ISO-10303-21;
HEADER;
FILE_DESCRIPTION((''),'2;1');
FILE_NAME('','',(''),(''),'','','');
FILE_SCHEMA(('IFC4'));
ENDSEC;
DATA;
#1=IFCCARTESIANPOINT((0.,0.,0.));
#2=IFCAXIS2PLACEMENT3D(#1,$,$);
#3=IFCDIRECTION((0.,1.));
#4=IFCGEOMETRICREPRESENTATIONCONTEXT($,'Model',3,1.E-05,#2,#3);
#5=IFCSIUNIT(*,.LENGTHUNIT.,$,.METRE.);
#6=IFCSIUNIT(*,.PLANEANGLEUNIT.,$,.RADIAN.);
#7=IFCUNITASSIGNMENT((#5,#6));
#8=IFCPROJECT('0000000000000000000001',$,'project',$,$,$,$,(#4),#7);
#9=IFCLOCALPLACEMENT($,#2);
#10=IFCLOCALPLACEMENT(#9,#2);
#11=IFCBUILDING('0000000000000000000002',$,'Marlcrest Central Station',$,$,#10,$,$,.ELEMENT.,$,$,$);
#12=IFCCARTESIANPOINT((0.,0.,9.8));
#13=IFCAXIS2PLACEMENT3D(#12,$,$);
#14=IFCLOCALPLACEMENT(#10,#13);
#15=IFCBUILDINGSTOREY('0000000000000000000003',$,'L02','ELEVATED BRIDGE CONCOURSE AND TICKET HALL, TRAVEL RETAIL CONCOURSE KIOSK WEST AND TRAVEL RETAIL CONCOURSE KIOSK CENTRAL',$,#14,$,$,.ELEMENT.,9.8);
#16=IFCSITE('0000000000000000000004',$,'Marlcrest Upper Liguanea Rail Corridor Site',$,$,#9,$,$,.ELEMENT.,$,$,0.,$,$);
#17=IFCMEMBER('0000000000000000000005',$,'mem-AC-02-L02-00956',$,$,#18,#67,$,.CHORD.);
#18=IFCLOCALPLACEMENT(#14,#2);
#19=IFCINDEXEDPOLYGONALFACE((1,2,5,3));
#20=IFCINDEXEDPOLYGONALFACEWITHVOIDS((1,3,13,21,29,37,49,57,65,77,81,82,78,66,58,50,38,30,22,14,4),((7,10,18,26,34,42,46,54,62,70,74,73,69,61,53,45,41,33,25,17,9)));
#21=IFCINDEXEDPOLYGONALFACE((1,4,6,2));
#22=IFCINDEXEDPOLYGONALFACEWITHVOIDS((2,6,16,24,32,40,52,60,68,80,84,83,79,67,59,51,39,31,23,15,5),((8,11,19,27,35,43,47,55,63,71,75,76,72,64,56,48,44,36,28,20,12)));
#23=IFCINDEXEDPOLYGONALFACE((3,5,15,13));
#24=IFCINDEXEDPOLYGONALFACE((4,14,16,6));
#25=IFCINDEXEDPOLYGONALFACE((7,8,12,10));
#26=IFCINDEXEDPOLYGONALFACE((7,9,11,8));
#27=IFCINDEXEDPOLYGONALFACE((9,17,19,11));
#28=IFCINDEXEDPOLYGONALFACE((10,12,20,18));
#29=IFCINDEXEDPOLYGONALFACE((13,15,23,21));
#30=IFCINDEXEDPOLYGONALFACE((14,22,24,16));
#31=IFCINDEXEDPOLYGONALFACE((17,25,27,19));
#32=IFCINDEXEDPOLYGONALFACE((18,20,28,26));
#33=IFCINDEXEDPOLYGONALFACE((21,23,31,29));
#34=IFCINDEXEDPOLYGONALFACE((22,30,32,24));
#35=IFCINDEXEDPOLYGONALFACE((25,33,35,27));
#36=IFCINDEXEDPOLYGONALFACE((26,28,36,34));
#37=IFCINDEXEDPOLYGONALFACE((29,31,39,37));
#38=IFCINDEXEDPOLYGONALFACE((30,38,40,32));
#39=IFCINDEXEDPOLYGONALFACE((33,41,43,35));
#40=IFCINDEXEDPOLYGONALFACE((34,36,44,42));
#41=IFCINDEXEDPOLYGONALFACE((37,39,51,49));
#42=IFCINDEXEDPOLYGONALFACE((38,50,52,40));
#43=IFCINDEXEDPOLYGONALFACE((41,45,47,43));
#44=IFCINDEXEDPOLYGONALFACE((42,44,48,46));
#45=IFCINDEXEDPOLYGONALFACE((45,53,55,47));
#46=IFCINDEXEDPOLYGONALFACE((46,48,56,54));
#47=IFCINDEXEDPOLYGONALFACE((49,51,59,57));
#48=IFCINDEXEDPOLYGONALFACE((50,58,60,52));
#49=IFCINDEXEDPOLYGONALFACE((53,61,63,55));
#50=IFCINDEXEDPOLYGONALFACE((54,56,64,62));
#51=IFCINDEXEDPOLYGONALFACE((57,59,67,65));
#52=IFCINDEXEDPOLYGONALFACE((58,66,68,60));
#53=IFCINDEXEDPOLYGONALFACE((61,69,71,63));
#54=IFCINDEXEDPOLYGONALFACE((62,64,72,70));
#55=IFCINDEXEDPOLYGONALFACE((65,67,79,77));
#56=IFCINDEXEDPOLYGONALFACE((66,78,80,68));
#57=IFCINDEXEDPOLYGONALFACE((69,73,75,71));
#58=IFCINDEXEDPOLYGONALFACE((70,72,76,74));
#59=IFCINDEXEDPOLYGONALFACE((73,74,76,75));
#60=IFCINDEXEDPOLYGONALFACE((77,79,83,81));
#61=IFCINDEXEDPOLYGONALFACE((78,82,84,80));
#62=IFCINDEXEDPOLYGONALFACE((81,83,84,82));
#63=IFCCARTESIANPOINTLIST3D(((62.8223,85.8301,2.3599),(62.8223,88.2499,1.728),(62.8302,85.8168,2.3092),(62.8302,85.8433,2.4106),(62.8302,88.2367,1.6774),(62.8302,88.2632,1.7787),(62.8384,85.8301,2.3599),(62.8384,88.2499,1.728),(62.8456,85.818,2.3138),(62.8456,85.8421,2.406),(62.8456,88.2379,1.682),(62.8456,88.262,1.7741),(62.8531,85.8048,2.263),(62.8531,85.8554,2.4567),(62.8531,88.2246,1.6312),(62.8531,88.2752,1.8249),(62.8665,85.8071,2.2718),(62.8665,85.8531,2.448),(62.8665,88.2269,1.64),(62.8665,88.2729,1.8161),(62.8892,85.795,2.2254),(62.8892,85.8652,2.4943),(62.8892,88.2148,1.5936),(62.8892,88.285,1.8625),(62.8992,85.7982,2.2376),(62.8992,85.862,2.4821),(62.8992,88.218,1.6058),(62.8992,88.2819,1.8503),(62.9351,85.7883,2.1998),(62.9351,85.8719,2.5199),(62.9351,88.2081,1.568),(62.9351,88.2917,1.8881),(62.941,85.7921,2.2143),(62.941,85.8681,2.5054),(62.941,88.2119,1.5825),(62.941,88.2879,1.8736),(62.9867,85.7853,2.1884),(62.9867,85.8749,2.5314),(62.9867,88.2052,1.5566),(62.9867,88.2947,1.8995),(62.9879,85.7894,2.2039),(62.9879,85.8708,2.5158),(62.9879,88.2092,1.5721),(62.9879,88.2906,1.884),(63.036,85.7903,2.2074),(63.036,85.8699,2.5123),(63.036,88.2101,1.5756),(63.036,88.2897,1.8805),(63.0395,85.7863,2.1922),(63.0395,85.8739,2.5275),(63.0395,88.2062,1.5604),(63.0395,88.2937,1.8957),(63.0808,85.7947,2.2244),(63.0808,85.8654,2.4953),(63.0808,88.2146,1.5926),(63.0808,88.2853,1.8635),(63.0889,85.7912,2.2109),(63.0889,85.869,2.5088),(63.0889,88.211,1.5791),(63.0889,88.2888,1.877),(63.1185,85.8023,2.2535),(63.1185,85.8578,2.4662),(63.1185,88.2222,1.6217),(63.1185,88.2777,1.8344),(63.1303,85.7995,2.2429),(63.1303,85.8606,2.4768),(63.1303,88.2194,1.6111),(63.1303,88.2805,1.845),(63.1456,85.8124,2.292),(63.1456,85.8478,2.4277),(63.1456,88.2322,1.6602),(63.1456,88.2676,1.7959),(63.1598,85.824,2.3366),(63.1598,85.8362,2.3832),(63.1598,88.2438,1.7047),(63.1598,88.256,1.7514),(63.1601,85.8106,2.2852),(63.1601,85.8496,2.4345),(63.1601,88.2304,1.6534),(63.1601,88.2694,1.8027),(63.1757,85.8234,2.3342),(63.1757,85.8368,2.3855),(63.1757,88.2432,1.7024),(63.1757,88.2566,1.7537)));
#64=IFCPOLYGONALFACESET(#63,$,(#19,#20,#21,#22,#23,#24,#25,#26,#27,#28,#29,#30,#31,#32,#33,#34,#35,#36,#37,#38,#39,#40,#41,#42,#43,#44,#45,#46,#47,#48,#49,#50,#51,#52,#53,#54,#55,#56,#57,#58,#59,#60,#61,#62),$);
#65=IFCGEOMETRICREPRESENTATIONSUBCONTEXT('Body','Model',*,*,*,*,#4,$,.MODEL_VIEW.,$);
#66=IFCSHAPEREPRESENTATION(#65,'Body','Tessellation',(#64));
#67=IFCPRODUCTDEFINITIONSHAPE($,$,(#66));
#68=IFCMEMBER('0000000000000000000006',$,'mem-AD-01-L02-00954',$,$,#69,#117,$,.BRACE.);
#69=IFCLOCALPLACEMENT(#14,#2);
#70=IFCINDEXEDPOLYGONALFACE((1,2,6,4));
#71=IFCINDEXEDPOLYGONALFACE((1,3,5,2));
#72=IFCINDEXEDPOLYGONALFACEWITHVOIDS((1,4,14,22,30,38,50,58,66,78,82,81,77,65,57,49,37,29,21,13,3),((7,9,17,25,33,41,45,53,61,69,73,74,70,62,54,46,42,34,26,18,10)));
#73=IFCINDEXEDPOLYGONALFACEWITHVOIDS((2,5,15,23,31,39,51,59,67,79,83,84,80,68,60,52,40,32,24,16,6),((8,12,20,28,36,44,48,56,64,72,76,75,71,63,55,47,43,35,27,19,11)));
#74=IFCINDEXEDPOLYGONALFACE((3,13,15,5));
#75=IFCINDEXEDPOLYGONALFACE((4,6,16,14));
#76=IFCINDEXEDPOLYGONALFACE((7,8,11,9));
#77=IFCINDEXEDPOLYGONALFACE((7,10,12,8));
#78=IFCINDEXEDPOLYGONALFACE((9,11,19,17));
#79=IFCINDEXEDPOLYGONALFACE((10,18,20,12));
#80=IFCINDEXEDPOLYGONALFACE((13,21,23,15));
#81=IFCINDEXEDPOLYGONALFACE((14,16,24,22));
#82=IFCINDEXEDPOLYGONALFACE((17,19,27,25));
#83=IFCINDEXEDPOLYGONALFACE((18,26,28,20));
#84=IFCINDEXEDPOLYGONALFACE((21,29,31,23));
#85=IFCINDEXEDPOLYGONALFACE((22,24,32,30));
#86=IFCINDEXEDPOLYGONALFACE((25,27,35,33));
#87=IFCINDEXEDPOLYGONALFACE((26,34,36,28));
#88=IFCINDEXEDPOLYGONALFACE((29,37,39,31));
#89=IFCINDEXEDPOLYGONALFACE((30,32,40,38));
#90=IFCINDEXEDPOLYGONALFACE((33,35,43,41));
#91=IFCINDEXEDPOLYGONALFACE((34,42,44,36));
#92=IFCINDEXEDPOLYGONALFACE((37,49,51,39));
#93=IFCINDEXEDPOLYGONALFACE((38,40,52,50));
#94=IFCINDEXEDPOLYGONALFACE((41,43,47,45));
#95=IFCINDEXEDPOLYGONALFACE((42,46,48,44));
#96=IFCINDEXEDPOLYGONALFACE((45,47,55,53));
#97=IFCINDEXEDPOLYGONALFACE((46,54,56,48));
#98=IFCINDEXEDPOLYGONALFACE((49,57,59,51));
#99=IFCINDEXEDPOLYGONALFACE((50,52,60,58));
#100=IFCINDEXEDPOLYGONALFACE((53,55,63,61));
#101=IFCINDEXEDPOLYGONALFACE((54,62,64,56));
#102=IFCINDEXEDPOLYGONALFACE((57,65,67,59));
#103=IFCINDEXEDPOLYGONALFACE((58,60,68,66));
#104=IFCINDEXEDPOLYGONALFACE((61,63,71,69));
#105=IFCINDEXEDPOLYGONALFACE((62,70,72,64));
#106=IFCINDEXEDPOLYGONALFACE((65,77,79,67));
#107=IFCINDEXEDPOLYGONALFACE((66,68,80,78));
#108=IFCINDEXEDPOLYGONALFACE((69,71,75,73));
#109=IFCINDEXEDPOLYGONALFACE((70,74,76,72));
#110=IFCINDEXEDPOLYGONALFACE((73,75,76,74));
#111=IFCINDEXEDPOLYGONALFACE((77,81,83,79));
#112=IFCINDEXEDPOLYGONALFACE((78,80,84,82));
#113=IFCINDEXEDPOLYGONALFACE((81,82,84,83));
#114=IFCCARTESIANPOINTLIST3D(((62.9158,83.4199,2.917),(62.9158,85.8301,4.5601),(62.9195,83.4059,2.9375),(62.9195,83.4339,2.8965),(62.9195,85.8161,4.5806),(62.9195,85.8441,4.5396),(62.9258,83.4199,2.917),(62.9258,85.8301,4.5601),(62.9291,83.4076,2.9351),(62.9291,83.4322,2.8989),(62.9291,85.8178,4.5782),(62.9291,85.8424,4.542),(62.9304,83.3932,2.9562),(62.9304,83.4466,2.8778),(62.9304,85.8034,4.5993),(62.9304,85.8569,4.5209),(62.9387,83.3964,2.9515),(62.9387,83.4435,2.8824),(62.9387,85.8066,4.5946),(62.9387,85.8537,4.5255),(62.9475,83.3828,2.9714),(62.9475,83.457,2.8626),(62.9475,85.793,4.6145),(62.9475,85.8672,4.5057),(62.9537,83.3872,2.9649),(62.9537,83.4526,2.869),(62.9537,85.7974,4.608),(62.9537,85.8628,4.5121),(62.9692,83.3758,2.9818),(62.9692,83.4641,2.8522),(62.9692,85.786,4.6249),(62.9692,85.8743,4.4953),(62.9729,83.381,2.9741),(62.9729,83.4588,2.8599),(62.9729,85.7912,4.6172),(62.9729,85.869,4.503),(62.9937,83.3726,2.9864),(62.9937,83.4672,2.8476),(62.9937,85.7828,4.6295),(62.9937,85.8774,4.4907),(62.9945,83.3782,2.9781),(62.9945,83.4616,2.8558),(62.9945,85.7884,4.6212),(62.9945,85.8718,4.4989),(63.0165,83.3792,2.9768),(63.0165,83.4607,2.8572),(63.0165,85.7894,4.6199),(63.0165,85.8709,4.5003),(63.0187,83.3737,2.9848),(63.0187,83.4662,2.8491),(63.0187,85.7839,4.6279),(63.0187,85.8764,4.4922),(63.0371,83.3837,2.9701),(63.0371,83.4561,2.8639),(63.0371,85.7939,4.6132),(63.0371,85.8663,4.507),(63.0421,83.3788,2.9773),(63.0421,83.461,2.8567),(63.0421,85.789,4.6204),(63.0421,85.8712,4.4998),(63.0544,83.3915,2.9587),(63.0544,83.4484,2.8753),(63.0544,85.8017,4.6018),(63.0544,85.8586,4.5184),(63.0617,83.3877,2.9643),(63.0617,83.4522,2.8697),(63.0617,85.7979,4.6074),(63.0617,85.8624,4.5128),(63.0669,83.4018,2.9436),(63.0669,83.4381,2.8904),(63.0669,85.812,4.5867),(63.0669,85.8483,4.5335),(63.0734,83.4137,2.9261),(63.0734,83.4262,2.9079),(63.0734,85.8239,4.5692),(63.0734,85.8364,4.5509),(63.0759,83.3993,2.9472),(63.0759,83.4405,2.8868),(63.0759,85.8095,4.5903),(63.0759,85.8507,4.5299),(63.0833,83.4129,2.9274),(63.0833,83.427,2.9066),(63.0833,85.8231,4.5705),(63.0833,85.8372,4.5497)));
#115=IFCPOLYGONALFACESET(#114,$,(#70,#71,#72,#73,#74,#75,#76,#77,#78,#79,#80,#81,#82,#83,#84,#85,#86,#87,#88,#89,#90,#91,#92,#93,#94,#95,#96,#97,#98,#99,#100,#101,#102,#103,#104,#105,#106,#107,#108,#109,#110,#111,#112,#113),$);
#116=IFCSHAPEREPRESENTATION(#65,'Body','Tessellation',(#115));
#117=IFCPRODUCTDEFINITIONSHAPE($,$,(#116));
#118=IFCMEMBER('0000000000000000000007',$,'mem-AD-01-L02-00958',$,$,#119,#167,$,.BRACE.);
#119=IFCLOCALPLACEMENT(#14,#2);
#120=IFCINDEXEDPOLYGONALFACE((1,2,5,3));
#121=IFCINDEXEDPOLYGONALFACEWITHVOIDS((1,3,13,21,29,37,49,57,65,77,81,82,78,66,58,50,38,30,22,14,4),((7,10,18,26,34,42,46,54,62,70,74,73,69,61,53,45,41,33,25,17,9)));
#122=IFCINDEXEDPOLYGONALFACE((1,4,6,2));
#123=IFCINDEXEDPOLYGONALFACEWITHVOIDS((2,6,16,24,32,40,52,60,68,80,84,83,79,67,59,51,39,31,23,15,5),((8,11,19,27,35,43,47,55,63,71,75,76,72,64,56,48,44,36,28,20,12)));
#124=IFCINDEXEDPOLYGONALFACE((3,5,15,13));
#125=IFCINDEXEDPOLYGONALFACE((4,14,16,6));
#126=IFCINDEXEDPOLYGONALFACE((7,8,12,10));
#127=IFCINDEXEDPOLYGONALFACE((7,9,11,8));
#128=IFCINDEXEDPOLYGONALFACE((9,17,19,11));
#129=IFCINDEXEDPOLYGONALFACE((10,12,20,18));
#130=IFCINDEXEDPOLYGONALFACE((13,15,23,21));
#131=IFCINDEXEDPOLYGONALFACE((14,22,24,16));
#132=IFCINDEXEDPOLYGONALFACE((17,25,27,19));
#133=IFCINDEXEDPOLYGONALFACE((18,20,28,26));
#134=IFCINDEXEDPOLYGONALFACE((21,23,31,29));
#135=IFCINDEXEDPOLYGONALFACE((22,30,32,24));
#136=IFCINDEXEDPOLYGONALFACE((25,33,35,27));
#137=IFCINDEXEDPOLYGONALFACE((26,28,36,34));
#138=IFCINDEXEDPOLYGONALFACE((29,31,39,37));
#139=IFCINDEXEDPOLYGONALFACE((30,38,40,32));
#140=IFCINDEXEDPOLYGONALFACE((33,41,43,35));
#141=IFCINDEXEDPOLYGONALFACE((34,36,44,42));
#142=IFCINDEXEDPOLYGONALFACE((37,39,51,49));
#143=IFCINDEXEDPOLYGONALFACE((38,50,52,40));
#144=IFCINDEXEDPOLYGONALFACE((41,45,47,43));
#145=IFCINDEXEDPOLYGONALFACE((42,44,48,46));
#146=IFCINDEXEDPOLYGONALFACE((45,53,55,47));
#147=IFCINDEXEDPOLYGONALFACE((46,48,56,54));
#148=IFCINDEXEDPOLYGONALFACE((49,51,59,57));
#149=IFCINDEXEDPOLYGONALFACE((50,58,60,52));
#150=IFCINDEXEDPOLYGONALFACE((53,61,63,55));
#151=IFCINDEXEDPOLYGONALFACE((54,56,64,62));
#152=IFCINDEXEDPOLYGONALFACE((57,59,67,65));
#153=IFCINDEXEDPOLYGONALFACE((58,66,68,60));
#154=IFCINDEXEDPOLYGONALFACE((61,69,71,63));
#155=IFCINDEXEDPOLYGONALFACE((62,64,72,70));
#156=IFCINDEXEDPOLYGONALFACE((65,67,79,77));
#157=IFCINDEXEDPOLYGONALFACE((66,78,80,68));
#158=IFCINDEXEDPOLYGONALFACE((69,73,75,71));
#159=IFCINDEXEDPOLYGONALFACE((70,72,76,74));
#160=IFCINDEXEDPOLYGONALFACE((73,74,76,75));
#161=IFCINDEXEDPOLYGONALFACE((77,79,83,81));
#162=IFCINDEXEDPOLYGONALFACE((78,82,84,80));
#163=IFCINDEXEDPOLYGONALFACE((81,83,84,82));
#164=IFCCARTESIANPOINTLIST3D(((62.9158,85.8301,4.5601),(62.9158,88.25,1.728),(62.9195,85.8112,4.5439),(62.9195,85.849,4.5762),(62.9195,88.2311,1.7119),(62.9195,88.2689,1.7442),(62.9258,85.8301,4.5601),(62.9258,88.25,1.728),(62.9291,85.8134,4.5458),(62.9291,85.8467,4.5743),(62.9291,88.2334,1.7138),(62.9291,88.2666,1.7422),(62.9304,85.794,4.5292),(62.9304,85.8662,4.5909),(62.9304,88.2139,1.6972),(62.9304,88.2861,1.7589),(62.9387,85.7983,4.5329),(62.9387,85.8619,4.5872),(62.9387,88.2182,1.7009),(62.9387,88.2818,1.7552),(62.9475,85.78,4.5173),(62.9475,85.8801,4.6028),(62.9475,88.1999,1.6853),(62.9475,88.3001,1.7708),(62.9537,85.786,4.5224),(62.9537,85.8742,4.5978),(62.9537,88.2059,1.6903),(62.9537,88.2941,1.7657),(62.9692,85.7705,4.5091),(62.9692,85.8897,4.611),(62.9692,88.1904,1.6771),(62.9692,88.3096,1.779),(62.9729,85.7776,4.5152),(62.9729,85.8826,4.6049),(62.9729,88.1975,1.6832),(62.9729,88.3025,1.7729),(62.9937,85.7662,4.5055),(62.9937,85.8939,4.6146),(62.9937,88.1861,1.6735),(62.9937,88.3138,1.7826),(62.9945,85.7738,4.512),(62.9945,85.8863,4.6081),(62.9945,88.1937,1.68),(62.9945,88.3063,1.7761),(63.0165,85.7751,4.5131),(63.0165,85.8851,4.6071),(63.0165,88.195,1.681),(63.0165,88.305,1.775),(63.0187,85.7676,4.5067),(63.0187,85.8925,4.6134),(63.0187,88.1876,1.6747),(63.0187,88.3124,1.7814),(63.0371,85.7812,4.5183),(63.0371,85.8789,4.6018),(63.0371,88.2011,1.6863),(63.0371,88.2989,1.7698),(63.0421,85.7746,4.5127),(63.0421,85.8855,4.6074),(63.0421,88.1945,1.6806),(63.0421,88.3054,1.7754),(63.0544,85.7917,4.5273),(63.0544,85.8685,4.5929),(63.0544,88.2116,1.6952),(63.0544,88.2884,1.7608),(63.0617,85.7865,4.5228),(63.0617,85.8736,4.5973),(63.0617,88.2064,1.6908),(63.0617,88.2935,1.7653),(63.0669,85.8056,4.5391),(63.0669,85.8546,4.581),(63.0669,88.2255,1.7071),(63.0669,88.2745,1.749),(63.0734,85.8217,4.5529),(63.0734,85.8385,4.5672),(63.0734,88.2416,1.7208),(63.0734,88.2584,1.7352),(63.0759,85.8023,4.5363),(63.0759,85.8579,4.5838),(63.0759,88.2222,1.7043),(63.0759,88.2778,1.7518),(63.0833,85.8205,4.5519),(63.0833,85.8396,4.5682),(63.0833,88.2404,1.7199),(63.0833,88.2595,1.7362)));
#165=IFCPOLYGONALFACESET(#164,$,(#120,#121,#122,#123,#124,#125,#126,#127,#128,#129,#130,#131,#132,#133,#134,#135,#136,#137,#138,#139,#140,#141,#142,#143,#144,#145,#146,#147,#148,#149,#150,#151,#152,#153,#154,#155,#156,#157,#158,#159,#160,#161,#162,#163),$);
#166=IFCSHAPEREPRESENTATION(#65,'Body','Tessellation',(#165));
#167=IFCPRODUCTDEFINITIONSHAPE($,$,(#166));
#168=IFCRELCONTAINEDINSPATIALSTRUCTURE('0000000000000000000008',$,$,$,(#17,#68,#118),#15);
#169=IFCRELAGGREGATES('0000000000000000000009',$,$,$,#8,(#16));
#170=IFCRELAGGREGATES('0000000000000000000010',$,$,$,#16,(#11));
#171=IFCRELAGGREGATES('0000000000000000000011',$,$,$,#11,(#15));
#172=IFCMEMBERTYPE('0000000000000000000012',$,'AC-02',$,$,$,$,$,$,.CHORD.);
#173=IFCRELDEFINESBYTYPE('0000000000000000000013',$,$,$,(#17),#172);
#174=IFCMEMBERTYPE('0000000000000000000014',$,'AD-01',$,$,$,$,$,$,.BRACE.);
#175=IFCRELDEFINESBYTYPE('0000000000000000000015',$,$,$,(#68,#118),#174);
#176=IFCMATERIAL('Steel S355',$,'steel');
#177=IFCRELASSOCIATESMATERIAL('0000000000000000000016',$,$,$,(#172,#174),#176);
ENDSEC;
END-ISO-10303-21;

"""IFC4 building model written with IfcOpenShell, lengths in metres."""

from ifc_helpers import new_model, si_unit, direction, frame, origin, origin_2d, place, context, subcontext, project, spatial, hollow_circle, extrude, material, material_profile, profile_set, type_object, element, save


model = new_model("IFC4")

# Units and contexts
model_context = context("Model", 3, precision=1e-05, world=origin(), true_north=direction((0.0, 1.0)))
body_context = subcontext(model_context, "Body", "Model", "MODEL_VIEW")
ifc_project = project(units=[si_unit("LENGTHUNIT", "METRE"), si_unit("PLANEANGLEUNIT", "RADIAN")], contexts=[model_context])

# Site, building, storey
site_placement = place(None, origin())
site = spatial("IfcSite", under=ifc_project, at=site_placement, Name="Marlcrest Upper Liguanea Rail Corridor Site", CompositionType="ELEMENT", RefElevation=0.0)
building_placement = place(site_placement, origin())
building = spatial("IfcBuilding", under=site, at=building_placement, Name="Marlcrest Central Station", CompositionType="ELEMENT")
storey_placement = place(building_placement, frame((0.0, 0.0, 9.8)))
storey = spatial("IfcBuildingStorey", under=building, at=storey_placement, Name="L02", Description="ELEVATED BRIDGE CONCOURSE AND TICKET HALL, TRAVEL RETAIL CONCOURSE KIOSK WEST AND TRAVEL RETAIL CONCOURSE KIOSK CENTRAL", CompositionType="ELEMENT", Elevation=9.8)

# Members
ifc_material_1 = material(Name="Steel S355", Category="steel")
ifc_material_profile_1 = material_profile(ifc_material_1, hollow_circle(Radius=0.1777, WallThickness=0.0161, at=origin_2d()), Name="CHS 355.6x16")
ifc_profile_set_1 = profile_set([ifc_material_profile_1], Name="Steel S355")
member_type_1 = type_object("IfcMemberType", Name="AC-02", PredefinedType="CHORD", material=ifc_profile_set_1)
member_1_placement = place(storey_placement, frame((63.0, 85.8301, 2.3599), z_axis=(0.0, 0.967563, -0.252629), x_axis=(-1.0, 0.0, 0.0)))
element("IfcMember", 1, at=member_1_placement, inside=storey, type_object=member_type_1, Name="mem-AC-02-L02-00956", PredefinedType="CHORD", context=body_context, shape_type="SweptSolid", body=[
    extrude(hollow_circle(Radius=0.1777, WallThickness=0.0161, at=origin_2d()), origin(), (0.0, 0.0, 1.0), 2.501),
])
ifc_material_profile_2 = material_profile(ifc_material_1, hollow_circle(Radius=0.0842, WallThickness=0.01, at=origin_2d()), Name="CHS 168.3x10")
ifc_profile_set_2 = profile_set([ifc_material_profile_2], Name="Steel S355")
member_type_2 = type_object("IfcMemberType", Name="AD-01", PredefinedType="BRACE", material=ifc_profile_set_2)
member_2_placement = place(storey_placement, frame((63.0, 83.4199, 2.917), z_axis=(0.0, 0.826263, 0.563285), x_axis=(-1.0, 0.0, 0.0)))
element("IfcMember", 2, at=member_2_placement, inside=storey, type_object=member_type_2, Name="mem-AD-01-L02-00954", PredefinedType="BRACE", context=body_context, shape_type="SweptSolid", body=[
    extrude(hollow_circle(Radius=0.0842, WallThickness=0.01, at=origin_2d()), origin(), (0.0, 0.0, 1.0), 2.917),
])
member_3_placement = place(storey_placement, frame((63.0, 85.8301, 4.5601), z_axis=(0.0, 0.649625, -0.760255), x_axis=(-1.0, 0.0, 0.0)))
element("IfcMember", 3, at=member_3_placement, inside=storey, type_object=member_type_2, Name="mem-AD-01-L02-00958", PredefinedType="BRACE", context=body_context, shape_type="SweptSolid", body=[
    extrude(hollow_circle(Radius=0.0842, WallThickness=0.01, at=origin_2d()), origin(), (0.0, 0.0, 1.0), 3.7251),
])

save(model, "model.ifc")
